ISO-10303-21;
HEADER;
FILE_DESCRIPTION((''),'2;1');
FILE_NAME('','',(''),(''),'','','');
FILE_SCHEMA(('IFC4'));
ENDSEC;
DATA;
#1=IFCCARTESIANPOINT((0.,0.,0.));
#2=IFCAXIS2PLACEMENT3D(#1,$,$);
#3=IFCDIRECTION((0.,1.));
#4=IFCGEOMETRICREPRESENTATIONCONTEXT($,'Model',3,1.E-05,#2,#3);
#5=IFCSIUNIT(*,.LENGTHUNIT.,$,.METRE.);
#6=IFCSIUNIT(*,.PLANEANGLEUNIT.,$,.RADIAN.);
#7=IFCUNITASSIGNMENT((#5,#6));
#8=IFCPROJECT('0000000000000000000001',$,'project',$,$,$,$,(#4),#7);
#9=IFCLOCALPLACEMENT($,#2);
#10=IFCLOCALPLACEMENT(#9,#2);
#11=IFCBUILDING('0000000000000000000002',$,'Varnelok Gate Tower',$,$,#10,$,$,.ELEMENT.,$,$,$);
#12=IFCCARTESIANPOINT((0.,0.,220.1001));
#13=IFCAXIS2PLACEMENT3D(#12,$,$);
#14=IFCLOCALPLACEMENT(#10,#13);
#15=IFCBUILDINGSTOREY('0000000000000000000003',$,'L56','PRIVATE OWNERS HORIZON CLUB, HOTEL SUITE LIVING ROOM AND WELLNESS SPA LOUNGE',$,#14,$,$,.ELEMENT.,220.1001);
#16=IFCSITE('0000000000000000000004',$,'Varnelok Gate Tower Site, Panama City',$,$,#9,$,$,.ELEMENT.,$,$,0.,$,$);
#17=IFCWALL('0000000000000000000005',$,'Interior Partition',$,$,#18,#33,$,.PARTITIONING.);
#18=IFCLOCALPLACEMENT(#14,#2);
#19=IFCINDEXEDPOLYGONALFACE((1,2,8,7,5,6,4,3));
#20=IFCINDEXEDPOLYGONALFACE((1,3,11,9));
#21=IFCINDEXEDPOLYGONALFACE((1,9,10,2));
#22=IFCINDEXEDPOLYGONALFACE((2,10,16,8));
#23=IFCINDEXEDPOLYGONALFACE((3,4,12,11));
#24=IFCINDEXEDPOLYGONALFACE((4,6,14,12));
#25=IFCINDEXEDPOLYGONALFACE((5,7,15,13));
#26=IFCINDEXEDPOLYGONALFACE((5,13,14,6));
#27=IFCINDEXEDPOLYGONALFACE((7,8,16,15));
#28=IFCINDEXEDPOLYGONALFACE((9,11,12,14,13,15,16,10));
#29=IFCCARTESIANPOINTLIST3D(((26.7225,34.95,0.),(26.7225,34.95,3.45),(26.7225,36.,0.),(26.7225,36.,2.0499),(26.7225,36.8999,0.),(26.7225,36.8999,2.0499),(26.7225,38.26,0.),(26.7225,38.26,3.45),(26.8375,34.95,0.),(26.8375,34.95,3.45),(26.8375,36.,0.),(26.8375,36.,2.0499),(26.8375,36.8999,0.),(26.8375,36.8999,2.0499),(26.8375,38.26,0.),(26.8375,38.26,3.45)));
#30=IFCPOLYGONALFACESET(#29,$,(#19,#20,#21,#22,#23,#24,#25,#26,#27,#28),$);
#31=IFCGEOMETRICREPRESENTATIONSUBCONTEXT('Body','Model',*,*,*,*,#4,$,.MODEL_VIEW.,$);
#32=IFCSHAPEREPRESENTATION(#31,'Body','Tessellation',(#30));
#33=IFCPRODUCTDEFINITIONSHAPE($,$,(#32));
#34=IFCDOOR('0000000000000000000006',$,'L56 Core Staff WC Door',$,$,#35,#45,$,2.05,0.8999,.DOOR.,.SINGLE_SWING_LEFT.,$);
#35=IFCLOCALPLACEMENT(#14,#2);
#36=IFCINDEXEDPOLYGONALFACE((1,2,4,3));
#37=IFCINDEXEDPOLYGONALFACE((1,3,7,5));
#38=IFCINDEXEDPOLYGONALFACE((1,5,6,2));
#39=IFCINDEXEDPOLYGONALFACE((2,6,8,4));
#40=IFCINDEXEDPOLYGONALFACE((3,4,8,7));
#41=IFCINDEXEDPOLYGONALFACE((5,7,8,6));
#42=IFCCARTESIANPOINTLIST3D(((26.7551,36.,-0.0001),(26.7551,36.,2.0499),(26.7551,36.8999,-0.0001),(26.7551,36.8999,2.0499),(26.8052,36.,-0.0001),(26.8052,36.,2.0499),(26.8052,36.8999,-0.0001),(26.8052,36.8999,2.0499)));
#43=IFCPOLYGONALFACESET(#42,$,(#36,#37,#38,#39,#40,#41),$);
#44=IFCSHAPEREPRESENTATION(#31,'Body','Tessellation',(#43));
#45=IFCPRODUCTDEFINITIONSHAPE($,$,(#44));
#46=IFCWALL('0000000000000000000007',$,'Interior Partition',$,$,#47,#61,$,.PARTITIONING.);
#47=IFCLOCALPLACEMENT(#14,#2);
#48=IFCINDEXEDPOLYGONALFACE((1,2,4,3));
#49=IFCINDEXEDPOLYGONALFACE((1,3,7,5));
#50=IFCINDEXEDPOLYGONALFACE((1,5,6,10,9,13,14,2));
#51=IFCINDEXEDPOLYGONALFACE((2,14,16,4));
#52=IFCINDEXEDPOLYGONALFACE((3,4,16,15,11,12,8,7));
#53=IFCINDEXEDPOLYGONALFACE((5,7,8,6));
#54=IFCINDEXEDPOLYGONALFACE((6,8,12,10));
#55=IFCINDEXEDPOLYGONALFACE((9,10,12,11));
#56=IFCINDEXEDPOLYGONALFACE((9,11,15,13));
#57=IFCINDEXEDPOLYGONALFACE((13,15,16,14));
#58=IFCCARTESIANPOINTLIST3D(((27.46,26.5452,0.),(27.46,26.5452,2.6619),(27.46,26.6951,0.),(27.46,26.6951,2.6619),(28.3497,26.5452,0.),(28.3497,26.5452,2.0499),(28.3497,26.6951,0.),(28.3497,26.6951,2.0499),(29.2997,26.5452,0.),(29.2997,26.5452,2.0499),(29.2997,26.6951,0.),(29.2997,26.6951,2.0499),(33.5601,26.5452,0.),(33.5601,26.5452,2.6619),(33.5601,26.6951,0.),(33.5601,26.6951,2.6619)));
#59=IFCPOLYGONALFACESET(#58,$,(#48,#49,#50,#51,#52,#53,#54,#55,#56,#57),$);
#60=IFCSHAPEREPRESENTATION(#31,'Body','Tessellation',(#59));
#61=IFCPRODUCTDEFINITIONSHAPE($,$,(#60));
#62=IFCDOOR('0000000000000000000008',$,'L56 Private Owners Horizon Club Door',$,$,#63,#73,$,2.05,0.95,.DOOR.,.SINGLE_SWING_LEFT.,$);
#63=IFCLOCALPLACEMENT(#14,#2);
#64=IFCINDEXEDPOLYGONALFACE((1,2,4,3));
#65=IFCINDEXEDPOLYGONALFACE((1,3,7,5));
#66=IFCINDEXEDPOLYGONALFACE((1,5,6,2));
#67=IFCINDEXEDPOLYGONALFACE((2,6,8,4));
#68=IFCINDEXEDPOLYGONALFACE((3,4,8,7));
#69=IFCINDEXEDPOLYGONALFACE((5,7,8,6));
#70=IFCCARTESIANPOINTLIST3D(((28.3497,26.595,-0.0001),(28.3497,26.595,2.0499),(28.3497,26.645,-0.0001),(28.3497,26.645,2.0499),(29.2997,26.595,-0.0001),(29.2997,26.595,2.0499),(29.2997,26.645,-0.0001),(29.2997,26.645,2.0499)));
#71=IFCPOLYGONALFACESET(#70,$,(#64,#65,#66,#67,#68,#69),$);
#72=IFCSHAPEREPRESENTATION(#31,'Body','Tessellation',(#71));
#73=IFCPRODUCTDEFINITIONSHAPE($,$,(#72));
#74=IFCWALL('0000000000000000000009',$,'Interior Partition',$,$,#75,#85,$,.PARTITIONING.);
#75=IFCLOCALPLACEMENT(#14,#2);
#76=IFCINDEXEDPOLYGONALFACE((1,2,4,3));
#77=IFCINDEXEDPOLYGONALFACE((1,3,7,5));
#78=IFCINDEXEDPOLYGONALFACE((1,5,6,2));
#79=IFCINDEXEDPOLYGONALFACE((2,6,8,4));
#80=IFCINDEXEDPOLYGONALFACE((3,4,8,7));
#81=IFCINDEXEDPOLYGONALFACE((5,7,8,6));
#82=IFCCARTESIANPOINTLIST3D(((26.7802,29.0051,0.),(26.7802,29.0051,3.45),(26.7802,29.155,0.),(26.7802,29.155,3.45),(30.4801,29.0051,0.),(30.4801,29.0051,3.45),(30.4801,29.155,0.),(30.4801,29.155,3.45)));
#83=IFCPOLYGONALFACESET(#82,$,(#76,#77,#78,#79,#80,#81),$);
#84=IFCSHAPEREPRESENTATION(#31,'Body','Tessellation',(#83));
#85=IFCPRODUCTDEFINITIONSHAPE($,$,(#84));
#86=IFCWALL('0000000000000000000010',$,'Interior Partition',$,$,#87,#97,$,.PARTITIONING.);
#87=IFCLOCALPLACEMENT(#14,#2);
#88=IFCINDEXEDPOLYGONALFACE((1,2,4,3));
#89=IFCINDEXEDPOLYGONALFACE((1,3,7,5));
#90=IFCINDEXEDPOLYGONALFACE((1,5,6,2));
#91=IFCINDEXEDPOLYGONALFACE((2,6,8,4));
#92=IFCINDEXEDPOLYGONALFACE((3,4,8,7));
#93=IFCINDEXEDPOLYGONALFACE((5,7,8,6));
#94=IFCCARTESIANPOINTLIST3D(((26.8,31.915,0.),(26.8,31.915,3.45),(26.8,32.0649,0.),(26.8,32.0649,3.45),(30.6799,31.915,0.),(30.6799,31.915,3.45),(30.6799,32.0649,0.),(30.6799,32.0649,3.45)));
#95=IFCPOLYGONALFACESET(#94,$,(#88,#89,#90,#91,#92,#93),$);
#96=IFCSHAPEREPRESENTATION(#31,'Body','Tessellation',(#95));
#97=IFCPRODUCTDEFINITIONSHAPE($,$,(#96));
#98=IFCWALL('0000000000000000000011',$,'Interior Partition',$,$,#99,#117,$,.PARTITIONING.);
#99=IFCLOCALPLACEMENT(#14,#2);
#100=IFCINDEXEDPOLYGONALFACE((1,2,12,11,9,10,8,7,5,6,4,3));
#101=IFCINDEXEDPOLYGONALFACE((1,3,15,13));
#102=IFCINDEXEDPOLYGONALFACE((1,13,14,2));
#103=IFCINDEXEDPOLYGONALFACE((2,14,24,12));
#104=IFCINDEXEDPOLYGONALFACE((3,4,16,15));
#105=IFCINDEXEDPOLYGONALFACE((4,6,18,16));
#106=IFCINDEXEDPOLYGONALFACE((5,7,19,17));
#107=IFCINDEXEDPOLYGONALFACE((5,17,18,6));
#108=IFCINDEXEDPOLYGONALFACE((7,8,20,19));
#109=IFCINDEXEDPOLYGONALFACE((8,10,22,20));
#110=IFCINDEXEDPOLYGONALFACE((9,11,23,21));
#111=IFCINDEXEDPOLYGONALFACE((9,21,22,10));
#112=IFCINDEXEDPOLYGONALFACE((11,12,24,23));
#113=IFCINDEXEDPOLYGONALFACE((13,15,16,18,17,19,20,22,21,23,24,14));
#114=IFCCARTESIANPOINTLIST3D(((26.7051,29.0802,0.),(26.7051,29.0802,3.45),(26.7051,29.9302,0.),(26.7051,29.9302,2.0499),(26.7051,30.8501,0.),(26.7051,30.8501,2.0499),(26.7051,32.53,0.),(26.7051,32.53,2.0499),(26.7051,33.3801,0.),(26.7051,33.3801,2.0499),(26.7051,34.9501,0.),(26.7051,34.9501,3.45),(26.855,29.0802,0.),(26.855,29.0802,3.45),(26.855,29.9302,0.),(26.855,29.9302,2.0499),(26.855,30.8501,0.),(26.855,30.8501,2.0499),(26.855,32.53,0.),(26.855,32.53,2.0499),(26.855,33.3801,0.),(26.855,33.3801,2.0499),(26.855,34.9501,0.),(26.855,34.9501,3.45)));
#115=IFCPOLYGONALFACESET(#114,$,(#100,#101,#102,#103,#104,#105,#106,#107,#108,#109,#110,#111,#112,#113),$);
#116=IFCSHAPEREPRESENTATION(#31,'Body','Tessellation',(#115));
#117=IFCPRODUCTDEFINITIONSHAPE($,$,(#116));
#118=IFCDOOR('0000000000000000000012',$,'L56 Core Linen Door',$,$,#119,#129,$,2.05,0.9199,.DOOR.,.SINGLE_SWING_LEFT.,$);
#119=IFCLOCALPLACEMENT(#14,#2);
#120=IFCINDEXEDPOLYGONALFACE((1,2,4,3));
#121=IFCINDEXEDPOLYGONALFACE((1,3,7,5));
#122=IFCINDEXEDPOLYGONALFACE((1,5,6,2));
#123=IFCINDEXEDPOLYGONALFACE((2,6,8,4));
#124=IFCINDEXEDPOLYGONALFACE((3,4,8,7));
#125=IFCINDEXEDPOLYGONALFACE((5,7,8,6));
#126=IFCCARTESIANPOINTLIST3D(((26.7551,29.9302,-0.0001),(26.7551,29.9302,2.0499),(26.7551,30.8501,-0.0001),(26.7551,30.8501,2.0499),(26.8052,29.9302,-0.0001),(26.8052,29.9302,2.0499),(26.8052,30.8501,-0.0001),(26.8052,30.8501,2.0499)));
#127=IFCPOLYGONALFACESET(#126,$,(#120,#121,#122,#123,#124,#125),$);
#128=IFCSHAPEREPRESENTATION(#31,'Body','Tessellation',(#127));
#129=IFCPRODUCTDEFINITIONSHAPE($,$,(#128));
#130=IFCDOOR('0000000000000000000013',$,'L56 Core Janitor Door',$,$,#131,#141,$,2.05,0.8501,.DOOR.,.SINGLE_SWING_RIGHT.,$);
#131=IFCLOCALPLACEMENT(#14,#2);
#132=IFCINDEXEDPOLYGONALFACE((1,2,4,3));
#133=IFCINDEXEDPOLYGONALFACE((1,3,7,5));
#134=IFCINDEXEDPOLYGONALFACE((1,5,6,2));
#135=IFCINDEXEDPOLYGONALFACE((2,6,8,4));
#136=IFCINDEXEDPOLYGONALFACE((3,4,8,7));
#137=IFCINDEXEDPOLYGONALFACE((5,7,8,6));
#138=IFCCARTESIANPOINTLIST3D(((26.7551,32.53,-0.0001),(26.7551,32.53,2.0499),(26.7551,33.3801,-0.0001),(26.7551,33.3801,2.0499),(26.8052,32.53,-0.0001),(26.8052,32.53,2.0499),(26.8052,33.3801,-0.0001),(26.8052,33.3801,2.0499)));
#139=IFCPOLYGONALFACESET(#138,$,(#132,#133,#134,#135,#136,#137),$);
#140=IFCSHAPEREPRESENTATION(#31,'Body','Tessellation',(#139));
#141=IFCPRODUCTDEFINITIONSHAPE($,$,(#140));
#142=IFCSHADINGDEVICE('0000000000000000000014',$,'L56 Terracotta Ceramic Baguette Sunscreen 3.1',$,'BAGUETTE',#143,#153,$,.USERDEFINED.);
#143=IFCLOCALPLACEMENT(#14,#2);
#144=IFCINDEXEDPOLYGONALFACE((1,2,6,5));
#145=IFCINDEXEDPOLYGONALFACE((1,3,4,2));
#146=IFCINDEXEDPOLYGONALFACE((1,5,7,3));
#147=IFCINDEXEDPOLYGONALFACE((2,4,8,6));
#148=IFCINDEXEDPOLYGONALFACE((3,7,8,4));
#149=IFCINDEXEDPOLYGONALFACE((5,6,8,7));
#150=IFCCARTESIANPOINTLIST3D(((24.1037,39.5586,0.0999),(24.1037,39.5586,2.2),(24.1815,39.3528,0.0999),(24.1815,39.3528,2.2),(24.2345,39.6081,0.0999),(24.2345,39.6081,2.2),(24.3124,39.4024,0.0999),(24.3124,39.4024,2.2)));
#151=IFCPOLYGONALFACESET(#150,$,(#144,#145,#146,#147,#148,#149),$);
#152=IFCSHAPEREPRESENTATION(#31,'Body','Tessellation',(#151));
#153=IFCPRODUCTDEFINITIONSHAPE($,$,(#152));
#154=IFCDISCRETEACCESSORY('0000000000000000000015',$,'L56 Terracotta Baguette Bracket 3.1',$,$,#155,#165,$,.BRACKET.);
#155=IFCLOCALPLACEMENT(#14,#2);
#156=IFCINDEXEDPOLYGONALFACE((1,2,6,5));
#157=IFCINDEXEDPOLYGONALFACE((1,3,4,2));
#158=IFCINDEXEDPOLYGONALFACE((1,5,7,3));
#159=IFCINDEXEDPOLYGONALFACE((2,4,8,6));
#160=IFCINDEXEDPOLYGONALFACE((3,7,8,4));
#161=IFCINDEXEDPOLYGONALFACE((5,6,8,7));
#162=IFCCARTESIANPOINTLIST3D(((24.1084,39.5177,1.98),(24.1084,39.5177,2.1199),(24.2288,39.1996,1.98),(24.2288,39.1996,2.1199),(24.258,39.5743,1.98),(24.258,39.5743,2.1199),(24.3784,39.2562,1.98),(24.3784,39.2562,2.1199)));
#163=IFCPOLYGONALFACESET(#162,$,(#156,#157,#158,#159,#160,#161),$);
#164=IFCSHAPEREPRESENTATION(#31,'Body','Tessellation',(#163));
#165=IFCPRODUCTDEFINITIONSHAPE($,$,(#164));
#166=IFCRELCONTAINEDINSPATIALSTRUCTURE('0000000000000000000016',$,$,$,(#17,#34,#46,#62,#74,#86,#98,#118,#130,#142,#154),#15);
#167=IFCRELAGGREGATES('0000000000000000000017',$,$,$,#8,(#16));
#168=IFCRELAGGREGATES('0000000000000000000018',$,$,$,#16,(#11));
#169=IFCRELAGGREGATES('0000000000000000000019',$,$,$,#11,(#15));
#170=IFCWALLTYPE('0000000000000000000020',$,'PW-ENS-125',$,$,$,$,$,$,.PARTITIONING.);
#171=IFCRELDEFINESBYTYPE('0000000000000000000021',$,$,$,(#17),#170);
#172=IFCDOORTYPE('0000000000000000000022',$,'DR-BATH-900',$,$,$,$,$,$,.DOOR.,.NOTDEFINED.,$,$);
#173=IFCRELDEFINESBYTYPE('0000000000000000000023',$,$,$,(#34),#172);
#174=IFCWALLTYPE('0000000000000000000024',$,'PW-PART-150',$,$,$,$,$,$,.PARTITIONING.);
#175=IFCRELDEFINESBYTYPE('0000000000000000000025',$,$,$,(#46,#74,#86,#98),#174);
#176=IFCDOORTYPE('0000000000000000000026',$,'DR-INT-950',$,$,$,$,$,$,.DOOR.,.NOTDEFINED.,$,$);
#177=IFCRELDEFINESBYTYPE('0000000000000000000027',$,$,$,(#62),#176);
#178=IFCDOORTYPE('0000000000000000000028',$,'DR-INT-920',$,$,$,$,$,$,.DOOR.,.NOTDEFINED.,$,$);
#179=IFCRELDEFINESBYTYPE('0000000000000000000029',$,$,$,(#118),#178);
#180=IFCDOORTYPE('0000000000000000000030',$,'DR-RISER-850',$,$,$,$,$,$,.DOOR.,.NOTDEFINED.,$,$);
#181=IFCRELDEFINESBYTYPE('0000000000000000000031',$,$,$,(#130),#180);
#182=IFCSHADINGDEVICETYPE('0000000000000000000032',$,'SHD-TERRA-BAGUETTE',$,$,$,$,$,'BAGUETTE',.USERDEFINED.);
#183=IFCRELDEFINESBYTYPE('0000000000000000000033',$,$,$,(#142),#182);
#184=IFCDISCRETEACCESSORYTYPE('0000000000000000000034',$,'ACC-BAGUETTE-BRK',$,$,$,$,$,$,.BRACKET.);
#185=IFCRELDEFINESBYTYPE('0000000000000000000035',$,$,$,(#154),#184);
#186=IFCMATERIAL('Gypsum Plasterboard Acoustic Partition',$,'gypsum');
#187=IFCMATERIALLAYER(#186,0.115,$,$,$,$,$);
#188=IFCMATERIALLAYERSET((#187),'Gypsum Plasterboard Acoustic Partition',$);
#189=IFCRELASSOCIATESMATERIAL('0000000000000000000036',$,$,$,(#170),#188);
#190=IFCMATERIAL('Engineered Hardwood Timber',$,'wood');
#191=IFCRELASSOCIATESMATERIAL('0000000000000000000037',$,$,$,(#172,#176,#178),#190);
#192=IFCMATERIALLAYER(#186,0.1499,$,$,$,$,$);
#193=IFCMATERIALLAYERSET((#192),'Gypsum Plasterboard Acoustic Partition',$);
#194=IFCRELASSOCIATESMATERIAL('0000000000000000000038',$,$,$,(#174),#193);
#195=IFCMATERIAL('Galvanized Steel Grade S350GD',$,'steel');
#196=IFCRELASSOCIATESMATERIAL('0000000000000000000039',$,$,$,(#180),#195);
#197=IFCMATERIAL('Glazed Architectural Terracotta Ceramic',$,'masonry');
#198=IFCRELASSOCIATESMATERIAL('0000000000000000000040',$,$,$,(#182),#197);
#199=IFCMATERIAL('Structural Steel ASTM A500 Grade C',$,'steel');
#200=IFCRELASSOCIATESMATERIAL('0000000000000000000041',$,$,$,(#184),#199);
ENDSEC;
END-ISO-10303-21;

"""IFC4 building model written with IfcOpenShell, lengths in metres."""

from ifc_helpers import new_model, si_unit, direction, frame, frame_2d, origin, origin_2d, place, context, subcontext, project, spatial, rectangle, extrude, source, transform, mapped, material, layer, layer_set, type_object, element, fill, save


model = new_model("IFC4")

# Units and contexts
model_context = context("Model", 3, precision=1e-05, world=origin(), true_north=direction((0.0, 1.0)))
body_context = subcontext(model_context, "Body", "Model", "MODEL_VIEW")
ifc_project = project(units=[si_unit("LENGTHUNIT", "METRE"), si_unit("PLANEANGLEUNIT", "RADIAN")], contexts=[model_context])

# Site, building, storey
site_placement = place(None, origin())
site = spatial("IfcSite", under=ifc_project, at=site_placement, Name="Varnelok Gate Tower Site, Panama City", CompositionType="ELEMENT", RefElevation=0.0)
building_placement = place(site_placement, origin())
building = spatial("IfcBuilding", under=site, at=building_placement, Name="Varnelok Gate Tower", CompositionType="ELEMENT")
storey_placement = place(building_placement, frame((0.0, 0.0, 220.1001)))
storey = spatial("IfcBuildingStorey", under=building, at=storey_placement, Name="L56", Description="PRIVATE OWNERS HORIZON CLUB, HOTEL SUITE LIVING ROOM AND WELLNESS SPA LOUNGE", CompositionType="ELEMENT", Elevation=220.1001)

# Shared definitions
ifc_material_1 = material(Name="Gypsum Plasterboard Acoustic Partition", Category="gypsum")
ifc_layer_1 = layer(ifc_material_1, 0.115)
ifc_layer_set_1 = layer_set([ifc_layer_1], Name="Gypsum Plasterboard Acoustic Partition")
wall_type_1 = type_object("IfcWallType", Name="PW-ENS-125", PredefinedType="PARTITIONING", material=ifc_layer_set_1)

# Walls, openings, doors
wall_1_placement = place(storey_placement, frame((26.78, 34.95, 0.0), z_axis=(0.0, 0.0, 1.0), x_axis=(0.0, 1.0, 0.0)))
wall_1 = element("IfcWall", 1, at=wall_1_placement, inside=storey, type_object=wall_type_1, Name="Interior Partition", PredefinedType="PARTITIONING", context=body_context, shape_type="SweptSolid", body=[
    extrude(rectangle(XDim=3.3101, YDim=0.115, at=frame_2d((1.655, 0.0))), origin(), (0.0, 0.0, 1.0), 3.45),
])
opening_1_placement = place(wall_1_placement, frame((1.05, 0.0, 0.0)))
opening_1 = element("IfcOpeningElement", 2, at=opening_1_placement, cuts=wall_1, PredefinedType="OPENING", context=body_context, shape_type="SweptSolid", body=[
    extrude(rectangle(XDim=0.8999, YDim=2.05, at=frame_2d((0.45, 1.0249))), frame((0.0, 0.0674, 0.0), z_axis=(0.0, -1.0, 0.0), x_axis=(1.0, 0.0, 0.0)), (0.0, 0.0, 1.0), 0.135),
])
ifc_material_2 = material(Name="Engineered Hardwood Timber", Category="wood")
door_type_1 = type_object("IfcDoorType", Name="DR-BATH-900", OperationType="NOTDEFINED", PredefinedType="DOOR", material=ifc_material_2)
door_1_placement = place(opening_1_placement, origin())
door_1 = element("IfcDoor", 3, at=door_1_placement, inside=storey, type_object=door_type_1, Name="L56 Core Staff WC Door", OperationType="SINGLE_SWING_LEFT", OverallHeight=2.05, OverallWidth=0.8999, PredefinedType="DOOR", context=body_context, shape_type="SweptSolid", body=[
    extrude(rectangle(XDim=0.8999, YDim=2.05, at=frame_2d((0.45, 1.0249))), frame((0.0, 0.0249, 0.0), z_axis=(0.0, -1.0, 0.0), x_axis=(1.0, 0.0, 0.0)), (0.0, 0.0, 1.0), 0.05),
])
fill(opening_1, door_1)
ifc_layer_2 = layer(ifc_material_1, 0.1499)
ifc_layer_set_2 = layer_set([ifc_layer_2], Name="Gypsum Plasterboard Acoustic Partition")
wall_type_2 = type_object("IfcWallType", Name="PW-PART-150", PredefinedType="PARTITIONING", material=ifc_layer_set_2)
wall_2_placement = place(storey_placement, frame((27.46, 26.6201, 0.0), z_axis=(0.0, 0.0, 1.0), x_axis=(1.0, 0.0, 0.0)))
wall_2 = element("IfcWall", 4, at=wall_2_placement, inside=storey, type_object=wall_type_2, Name="Interior Partition", PredefinedType="PARTITIONING", context=body_context, shape_type="SweptSolid", body=[
    extrude(rectangle(XDim=6.1001, YDim=0.1499, at=frame_2d((3.05, 0.0))), origin(), (0.0, 0.0, 1.0), 2.6619),
])
opening_2_placement = place(wall_2_placement, frame((0.8896, 0.0, 0.0)))
opening_2 = element("IfcOpeningElement", 5, at=opening_2_placement, cuts=wall_2, PredefinedType="OPENING", context=body_context, shape_type="SweptSolid", body=[
    extrude(rectangle(XDim=0.95, YDim=2.05, at=frame_2d((0.4751, 1.0249))), frame((0.0, 0.085, 0.0), z_axis=(0.0, -1.0, 0.0), x_axis=(1.0, 0.0, 0.0)), (0.0, 0.0, 1.0), 0.1699),
])
door_type_2 = type_object("IfcDoorType", Name="DR-INT-950", OperationType="NOTDEFINED", PredefinedType="DOOR", material=ifc_material_2)
door_2_placement = place(opening_2_placement, origin())
door_2 = element("IfcDoor", 6, at=door_2_placement, inside=storey, type_object=door_type_2, Name="L56 Private Owners Horizon Club Door", OperationType="SINGLE_SWING_LEFT", OverallHeight=2.05, OverallWidth=0.95, PredefinedType="DOOR", context=body_context, shape_type="SweptSolid", body=[
    extrude(rectangle(XDim=0.95, YDim=2.05, at=frame_2d((0.4751, 1.0249))), frame((0.0, 0.0249, 0.0), z_axis=(0.0, -1.0, 0.0), x_axis=(1.0, 0.0, 0.0)), (0.0, 0.0, 1.0), 0.05),
])
fill(opening_2, door_2)

# Walls
wall_3_placement = place(storey_placement, frame((26.78, 29.0801, 0.0), z_axis=(0.0, 0.0, 1.0), x_axis=(1.0, 0.0, 0.0)))
element("IfcWall", 7, at=wall_3_placement, inside=storey, type_object=wall_type_2, Name="Interior Partition", PredefinedType="PARTITIONING", context=body_context, shape_type="SweptSolid", body=[
    extrude(rectangle(XDim=3.7, YDim=0.1499, at=frame_2d((1.8501, 0.0))), origin(), (0.0, 0.0, 1.0), 3.45),
])
wall_4_placement = place(storey_placement, frame((26.8, 31.99, 0.0), z_axis=(0.0, 0.0, 1.0), x_axis=(1.0, 0.0, 0.0)))
element("IfcWall", 8, at=wall_4_placement, inside=storey, type_object=wall_type_2, Name="Interior Partition", PredefinedType="PARTITIONING", context=body_context, shape_type="SweptSolid", body=[
    extrude(rectangle(XDim=3.8799, YDim=0.1499, at=frame_2d((1.9399, 0.0))), origin(), (0.0, 0.0, 1.0), 3.45),
])

# Wall, openings, doors
wall_5_placement = place(storey_placement, frame((26.78, 29.0801, 0.0), z_axis=(0.0, 0.0, 1.0), x_axis=(0.0, 1.0, 0.0)))
wall_5 = element("IfcWall", 9, at=wall_5_placement, inside=storey, type_object=wall_type_2, Name="Interior Partition", PredefinedType="PARTITIONING", context=body_context, shape_type="SweptSolid", body=[
    extrude(rectangle(XDim=5.8699, YDim=0.1499, at=frame_2d((2.9351, 0.0))), origin(), (0.0, 0.0, 1.0), 3.45),
])
opening_3_placement = place(wall_5_placement, frame((0.8501, 0.0, 0.0)))
opening_3 = element("IfcOpeningElement", 10, at=opening_3_placement, cuts=wall_5, PredefinedType="OPENING", context=body_context, shape_type="SweptSolid", body=[
    extrude(rectangle(XDim=0.9199, YDim=2.05, at=frame_2d((0.46, 1.0249))), frame((0.0, 0.085, 0.0), z_axis=(0.0, -1.0, 0.0), x_axis=(1.0, 0.0, 0.0)), (0.0, 0.0, 1.0), 0.1699),
])
opening_4_placement = place(wall_5_placement, frame((3.45, 0.0, 0.0)))
opening_4 = element("IfcOpeningElement", 11, at=opening_4_placement, cuts=wall_5, PredefinedType="OPENING", context=body_context, shape_type="SweptSolid", body=[
    extrude(rectangle(XDim=0.8501, YDim=2.05, at=frame_2d((0.425, 1.0249))), frame((0.0, 0.085, 0.0), z_axis=(0.0, -1.0, 0.0), x_axis=(1.0, 0.0, 0.0)), (0.0, 0.0, 1.0), 0.1699),
])
door_type_3 = type_object("IfcDoorType", Name="DR-INT-920", OperationType="NOTDEFINED", PredefinedType="DOOR", material=ifc_material_2)
door_3_placement = place(opening_3_placement, origin())
door_3 = element("IfcDoor", 12, at=door_3_placement, inside=storey, type_object=door_type_3, Name="L56 Core Linen Door", OperationType="SINGLE_SWING_LEFT", OverallHeight=2.05, OverallWidth=0.9199, PredefinedType="DOOR", context=body_context, shape_type="SweptSolid", body=[
    extrude(rectangle(XDim=0.9199, YDim=2.05, at=frame_2d((0.46, 1.0249))), frame((0.0, 0.0249, 0.0), z_axis=(0.0, -1.0, 0.0), x_axis=(1.0, 0.0, 0.0)), (0.0, 0.0, 1.0), 0.05),
])
fill(opening_3, door_3)
ifc_material_3 = material(Name="Galvanized Steel Grade S350GD", Category="steel")
door_type_4 = type_object("IfcDoorType", Name="DR-RISER-850", OperationType="NOTDEFINED", PredefinedType="DOOR", material=ifc_material_3)
door_4_placement = place(opening_4_placement, origin())
door_4 = element("IfcDoor", 13, at=door_4_placement, inside=storey, type_object=door_type_4, Name="L56 Core Janitor Door", OperationType="SINGLE_SWING_RIGHT", OverallHeight=2.05, OverallWidth=0.8501, PredefinedType="DOOR", context=body_context, shape_type="SweptSolid", body=[
    extrude(rectangle(XDim=0.8501, YDim=2.05, at=frame_2d((0.425, 1.0249))), frame((0.0, 0.0249, 0.0), z_axis=(0.0, -1.0, 0.0), x_axis=(1.0, 0.0, 0.0)), (0.0, 0.0, 1.0), 0.05),
])
fill(opening_4, door_4)

# Shading device
ifc_material_4 = material(Name="Glazed Architectural Terracotta Ceramic", Category="masonry")
shading_device_type = type_object("IfcShadingDeviceType", Name="SHD-TERRA-BAGUETTE", ElementType="BAGUETTE", PredefinedType="USERDEFINED", material=ifc_material_4)
shared_shape_1 = source(origin(), body_context, "Body", "SweptSolid", [
    extrude(rectangle(XDim=0.1399, YDim=0.22, at=origin_2d()), origin(), (0.0, 0.0, 1.0), 2.1001),
])
shading_device_placement = place(storey_placement, frame((24.208, 39.4805, 0.0999), z_axis=(0.0, 0.0, 1.0), x_axis=(0.935222, 0.354063, 0.0)))
element("IfcShadingDevice", 14, at=shading_device_placement, inside=storey, type_object=shading_device_type, Name="L56 Terracotta Ceramic Baguette Sunscreen 3.1", ObjectType="BAGUETTE", PredefinedType="USERDEFINED", context=body_context, shape_type="MappedRepresentation", body=[
    mapped(shared_shape_1, transform((0.0, 0.0, 0.0), scale=1.0)),
])

# Discrete accessory
ifc_material_5 = material(Name="Structural Steel ASTM A500 Grade C", Category="steel")
discrete_accessory_type = type_object("IfcDiscreteAccessoryType", Name="ACC-BAGUETTE-BRK", PredefinedType="BRACKET", material=ifc_material_5)
shared_shape_2 = source(origin(), body_context, "Body", "SweptSolid", [
    extrude(rectangle(XDim=0.1599, YDim=0.3401, at=origin_2d()), origin(), (0.0, 0.0, 1.0), 0.1399),
])
discrete_accessory_placement = place(storey_placement, frame((24.2434, 39.387, 1.98), z_axis=(0.0, 0.0, 1.0), x_axis=(0.935222, 0.354063, 0.0)))
element("IfcDiscreteAccessory", 15, at=discrete_accessory_placement, inside=storey, type_object=discrete_accessory_type, Name="L56 Terracotta Baguette Bracket 3.1", PredefinedType="BRACKET", context=body_context, shape_type="MappedRepresentation", body=[
    mapped(shared_shape_2, transform((0.0, 0.0, 0.0), scale=1.0)),
])

save(model, "model.ifc")
